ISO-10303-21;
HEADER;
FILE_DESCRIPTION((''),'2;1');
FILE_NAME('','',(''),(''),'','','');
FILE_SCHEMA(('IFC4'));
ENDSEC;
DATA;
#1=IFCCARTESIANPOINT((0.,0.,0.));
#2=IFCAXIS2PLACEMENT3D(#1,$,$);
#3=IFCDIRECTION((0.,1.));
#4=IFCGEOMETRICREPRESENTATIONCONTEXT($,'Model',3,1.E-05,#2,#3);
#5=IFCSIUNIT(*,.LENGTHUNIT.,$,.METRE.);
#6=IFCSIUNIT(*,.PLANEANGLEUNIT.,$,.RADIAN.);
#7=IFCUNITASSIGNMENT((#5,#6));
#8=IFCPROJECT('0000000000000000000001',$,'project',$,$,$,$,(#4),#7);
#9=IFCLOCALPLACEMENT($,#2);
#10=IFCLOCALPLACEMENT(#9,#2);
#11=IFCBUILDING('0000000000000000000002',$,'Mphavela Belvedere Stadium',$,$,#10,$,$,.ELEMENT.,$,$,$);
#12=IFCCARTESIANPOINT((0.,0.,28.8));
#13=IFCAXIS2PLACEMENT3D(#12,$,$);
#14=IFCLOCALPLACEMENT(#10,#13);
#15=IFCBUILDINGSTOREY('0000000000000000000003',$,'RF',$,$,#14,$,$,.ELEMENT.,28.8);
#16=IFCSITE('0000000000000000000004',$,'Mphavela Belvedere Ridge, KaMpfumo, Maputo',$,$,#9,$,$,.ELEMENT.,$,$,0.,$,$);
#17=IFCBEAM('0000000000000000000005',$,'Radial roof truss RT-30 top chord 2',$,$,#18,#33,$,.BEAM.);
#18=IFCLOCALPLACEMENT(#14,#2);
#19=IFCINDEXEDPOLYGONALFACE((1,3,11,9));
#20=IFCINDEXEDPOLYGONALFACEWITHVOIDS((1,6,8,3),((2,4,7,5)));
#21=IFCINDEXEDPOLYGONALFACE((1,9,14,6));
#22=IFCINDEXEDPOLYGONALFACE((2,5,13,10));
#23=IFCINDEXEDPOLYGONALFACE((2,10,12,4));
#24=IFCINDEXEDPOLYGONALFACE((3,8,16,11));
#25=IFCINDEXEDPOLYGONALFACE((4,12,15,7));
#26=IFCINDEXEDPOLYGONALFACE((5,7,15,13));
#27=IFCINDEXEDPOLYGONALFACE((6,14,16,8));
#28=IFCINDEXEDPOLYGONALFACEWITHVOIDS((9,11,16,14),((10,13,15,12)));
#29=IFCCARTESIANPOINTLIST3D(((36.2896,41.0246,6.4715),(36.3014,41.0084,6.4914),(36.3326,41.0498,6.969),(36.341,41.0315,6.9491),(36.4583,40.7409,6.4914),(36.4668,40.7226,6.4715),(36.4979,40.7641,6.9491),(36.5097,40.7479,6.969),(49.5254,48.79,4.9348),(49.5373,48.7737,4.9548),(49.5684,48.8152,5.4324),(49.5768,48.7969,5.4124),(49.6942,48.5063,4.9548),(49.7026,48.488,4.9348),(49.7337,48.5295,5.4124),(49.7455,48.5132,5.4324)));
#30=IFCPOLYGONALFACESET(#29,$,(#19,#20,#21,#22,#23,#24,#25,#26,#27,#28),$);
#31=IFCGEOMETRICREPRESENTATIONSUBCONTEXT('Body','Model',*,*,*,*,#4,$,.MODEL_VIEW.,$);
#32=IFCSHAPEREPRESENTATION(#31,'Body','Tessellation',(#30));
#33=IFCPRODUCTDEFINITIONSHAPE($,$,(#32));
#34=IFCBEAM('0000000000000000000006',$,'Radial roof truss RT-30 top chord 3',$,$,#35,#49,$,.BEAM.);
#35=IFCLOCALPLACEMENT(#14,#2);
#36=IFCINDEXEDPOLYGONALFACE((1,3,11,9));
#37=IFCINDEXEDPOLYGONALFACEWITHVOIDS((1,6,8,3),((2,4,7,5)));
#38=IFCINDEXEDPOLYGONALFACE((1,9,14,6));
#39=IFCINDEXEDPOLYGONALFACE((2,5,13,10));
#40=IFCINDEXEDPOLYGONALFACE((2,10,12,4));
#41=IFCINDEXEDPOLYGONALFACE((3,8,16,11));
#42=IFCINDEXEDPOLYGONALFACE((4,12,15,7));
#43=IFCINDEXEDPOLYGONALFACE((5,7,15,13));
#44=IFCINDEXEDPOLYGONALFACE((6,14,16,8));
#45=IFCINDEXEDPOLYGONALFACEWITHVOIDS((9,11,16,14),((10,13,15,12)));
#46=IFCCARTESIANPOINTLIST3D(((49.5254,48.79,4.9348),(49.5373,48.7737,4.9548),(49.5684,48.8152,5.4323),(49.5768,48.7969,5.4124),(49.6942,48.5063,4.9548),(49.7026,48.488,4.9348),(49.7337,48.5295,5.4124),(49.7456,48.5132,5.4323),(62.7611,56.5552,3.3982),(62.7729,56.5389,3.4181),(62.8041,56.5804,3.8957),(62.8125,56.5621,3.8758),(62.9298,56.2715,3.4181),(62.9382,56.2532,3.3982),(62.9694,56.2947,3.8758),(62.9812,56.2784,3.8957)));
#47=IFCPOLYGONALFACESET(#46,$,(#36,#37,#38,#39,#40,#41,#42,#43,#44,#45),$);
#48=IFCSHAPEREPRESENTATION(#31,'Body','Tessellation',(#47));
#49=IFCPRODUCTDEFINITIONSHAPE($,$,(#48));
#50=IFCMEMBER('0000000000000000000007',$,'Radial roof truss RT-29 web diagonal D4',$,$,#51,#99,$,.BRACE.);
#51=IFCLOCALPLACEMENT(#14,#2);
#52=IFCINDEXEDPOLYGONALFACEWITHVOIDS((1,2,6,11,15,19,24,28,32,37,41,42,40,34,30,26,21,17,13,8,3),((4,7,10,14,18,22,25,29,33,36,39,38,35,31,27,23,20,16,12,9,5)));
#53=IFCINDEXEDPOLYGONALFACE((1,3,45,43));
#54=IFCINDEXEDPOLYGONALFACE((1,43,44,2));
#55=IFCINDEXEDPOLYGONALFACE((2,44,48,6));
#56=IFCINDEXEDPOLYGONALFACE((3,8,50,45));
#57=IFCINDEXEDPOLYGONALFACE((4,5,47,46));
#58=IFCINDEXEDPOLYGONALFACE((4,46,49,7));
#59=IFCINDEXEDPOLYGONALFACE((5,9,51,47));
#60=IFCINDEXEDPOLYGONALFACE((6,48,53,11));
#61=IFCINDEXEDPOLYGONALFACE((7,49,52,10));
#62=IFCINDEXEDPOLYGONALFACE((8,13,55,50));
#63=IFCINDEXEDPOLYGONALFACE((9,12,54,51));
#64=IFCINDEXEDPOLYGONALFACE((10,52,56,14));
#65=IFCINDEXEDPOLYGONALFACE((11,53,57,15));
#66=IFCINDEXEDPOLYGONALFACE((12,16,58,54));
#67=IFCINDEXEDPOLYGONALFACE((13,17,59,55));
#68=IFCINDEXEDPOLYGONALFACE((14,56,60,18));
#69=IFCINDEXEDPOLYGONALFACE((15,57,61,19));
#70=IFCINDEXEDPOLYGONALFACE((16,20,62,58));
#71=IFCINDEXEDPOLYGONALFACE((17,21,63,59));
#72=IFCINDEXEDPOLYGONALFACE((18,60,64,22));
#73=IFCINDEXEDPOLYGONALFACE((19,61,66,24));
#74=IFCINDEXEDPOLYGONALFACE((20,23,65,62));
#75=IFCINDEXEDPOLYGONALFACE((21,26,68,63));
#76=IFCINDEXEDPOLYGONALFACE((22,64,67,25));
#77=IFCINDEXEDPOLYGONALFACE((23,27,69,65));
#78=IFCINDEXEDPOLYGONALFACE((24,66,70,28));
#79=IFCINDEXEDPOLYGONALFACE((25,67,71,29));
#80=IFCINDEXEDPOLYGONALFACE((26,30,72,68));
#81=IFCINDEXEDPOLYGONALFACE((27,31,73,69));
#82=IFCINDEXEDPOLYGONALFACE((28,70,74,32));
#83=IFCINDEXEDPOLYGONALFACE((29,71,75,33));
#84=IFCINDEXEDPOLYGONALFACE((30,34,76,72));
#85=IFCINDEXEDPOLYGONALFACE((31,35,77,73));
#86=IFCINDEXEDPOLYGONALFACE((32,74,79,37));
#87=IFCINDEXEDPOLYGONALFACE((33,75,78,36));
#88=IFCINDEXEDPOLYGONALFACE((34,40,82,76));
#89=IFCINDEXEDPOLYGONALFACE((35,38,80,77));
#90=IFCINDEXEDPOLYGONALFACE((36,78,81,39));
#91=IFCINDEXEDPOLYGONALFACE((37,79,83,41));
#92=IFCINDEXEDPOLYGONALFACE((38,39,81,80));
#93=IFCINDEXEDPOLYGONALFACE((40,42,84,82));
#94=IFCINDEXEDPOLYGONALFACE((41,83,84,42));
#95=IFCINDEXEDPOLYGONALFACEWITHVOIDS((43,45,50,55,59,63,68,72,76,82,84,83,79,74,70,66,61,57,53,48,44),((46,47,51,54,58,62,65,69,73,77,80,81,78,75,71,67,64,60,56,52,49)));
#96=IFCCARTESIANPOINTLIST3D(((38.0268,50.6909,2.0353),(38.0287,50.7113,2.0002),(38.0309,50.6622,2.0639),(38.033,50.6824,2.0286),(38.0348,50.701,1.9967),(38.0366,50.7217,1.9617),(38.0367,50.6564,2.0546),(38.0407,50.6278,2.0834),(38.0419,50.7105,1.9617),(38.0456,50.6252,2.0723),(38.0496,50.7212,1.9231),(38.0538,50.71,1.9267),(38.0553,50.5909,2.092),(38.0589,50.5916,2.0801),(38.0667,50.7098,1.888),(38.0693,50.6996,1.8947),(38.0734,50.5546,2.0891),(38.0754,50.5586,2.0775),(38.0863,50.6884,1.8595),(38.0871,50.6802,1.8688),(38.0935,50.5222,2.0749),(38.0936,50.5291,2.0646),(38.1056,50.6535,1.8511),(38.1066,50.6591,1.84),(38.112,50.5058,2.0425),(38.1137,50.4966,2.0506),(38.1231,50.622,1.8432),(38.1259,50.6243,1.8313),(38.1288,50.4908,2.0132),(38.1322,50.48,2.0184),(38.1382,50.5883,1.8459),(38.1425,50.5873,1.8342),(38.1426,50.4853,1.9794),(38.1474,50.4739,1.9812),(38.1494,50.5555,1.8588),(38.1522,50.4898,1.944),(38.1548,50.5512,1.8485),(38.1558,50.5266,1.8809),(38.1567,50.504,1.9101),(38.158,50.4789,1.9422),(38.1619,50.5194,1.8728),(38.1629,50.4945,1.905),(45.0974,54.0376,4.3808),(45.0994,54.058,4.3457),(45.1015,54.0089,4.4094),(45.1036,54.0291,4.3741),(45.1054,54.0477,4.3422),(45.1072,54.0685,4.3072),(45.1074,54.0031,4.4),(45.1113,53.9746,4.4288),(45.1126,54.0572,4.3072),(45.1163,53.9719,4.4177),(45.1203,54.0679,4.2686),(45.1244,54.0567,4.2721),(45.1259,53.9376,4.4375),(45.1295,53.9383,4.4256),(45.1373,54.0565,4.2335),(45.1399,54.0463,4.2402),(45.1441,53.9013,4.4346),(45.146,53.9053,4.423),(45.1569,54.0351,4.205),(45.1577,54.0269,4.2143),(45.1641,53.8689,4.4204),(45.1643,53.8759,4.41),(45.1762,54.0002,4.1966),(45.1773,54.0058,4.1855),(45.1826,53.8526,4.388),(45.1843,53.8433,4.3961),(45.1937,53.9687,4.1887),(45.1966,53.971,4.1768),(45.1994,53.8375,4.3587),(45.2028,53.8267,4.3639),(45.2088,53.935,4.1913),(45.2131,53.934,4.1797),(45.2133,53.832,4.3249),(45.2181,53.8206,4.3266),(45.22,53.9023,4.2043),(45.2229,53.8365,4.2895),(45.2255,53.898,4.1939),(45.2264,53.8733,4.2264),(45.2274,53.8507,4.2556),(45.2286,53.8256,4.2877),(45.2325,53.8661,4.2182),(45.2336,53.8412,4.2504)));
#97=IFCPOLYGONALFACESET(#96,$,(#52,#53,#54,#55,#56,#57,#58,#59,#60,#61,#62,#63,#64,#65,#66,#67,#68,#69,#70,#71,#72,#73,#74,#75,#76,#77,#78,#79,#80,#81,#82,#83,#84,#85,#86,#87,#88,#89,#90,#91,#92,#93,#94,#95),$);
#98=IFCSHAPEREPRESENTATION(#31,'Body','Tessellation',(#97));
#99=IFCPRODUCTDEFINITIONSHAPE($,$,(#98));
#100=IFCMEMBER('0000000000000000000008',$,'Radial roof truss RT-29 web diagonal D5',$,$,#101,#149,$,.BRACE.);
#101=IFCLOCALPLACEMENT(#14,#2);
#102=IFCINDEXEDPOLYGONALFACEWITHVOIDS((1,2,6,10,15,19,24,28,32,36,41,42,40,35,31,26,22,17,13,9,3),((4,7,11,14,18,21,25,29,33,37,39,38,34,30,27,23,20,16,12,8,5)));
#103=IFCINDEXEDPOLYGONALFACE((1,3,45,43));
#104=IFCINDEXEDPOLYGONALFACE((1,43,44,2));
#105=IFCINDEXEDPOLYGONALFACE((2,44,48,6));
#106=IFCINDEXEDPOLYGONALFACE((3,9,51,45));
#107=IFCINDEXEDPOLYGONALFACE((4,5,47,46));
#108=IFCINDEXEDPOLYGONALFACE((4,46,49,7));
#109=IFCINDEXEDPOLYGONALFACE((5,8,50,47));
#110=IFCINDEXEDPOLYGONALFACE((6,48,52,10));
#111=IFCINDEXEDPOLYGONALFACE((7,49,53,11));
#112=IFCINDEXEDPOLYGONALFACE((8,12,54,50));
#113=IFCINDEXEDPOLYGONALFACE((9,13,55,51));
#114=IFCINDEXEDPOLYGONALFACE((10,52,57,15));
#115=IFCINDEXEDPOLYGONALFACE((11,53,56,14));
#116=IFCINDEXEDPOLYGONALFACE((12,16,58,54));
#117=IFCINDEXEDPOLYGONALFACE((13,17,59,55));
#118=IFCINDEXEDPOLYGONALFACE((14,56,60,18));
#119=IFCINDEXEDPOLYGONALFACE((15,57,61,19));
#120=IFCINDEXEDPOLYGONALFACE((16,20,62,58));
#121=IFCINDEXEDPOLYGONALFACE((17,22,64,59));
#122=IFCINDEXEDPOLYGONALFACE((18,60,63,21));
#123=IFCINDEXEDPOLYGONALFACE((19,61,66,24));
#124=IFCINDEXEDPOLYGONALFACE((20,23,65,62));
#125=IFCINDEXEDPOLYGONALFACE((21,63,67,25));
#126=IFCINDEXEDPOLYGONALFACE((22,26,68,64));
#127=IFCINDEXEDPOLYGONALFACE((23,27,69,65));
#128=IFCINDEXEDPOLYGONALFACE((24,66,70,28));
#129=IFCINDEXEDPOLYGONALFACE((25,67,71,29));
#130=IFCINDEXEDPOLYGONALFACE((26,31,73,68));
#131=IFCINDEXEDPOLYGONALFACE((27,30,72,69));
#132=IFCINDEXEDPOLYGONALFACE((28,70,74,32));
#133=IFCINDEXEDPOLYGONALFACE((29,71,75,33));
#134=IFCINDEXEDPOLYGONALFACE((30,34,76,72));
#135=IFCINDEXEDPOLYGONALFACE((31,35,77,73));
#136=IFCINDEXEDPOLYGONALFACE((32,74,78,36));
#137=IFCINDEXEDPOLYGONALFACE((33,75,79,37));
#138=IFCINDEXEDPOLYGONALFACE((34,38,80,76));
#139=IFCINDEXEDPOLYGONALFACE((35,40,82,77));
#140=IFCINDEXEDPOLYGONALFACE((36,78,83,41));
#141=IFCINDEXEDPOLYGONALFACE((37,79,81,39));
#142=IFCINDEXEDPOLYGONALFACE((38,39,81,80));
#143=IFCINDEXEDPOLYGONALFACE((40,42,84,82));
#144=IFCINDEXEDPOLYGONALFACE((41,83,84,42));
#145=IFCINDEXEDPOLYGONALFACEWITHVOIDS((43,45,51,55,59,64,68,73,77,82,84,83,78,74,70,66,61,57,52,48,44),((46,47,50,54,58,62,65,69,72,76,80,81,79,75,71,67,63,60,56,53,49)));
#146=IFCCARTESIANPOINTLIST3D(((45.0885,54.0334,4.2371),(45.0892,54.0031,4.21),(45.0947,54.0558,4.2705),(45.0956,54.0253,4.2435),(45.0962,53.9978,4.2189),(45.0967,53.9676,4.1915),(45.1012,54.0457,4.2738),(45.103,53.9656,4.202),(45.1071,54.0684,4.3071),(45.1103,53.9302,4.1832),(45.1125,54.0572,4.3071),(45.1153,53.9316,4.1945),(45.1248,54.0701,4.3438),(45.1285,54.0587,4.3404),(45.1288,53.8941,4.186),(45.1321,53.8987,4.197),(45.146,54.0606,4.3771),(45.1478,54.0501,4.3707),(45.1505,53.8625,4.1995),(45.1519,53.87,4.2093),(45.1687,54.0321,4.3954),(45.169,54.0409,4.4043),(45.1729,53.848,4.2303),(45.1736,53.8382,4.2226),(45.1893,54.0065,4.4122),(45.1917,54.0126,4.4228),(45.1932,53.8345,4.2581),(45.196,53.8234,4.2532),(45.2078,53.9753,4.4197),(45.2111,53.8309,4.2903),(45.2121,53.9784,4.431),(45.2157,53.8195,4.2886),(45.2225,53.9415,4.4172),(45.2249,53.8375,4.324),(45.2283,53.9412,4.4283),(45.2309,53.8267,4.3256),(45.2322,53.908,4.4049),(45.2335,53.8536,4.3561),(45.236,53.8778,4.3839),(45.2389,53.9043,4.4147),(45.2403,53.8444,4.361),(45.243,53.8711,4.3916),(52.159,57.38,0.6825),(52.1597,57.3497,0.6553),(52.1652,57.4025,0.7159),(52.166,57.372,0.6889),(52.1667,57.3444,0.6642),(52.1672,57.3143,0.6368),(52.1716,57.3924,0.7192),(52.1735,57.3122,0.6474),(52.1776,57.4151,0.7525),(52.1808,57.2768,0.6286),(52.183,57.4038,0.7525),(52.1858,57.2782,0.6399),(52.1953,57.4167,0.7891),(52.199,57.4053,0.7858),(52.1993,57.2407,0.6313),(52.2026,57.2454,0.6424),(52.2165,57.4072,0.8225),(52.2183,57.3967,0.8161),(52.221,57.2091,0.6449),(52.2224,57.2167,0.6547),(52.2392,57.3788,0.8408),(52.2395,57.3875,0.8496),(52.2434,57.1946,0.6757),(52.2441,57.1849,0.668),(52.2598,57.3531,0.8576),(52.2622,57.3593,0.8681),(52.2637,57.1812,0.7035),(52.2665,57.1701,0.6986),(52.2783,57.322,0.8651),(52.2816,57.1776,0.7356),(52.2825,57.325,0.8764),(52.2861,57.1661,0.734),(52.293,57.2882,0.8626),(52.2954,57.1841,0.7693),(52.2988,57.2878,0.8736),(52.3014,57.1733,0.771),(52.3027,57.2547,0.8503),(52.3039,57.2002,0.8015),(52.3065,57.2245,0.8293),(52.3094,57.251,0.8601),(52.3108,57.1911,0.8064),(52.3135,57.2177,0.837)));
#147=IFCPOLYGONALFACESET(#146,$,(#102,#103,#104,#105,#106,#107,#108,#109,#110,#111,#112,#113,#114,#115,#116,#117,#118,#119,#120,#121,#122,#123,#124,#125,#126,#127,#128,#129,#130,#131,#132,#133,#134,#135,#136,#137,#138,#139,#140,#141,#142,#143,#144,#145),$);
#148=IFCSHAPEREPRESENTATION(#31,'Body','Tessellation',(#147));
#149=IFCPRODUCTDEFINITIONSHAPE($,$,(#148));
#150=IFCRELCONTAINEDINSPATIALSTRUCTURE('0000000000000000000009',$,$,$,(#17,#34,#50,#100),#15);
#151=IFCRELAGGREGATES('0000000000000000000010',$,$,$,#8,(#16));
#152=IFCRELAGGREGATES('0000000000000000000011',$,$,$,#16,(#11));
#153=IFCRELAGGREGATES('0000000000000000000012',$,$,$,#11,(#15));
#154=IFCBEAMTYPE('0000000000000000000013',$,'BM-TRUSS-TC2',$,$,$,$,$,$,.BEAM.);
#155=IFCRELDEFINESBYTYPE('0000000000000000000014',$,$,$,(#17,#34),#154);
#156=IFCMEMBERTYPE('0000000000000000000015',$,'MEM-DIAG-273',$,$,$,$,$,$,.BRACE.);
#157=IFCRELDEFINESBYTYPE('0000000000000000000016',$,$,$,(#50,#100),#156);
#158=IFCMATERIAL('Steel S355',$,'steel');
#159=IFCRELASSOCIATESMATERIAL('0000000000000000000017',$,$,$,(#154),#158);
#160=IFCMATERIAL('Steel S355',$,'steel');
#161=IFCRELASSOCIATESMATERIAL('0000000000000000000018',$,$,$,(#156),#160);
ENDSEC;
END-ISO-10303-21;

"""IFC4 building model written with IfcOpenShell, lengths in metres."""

from ifc_helpers import new_model, si_unit, direction, frame, origin, origin_2d, place, context, subcontext, project, spatial, hollow_rectangle, hollow_circle, extrude, material, material_profile, profile_set, type_object, element, save


model = new_model("IFC4")

# Units and contexts
model_context = context("Model", 3, precision=1e-05, world=origin(), true_north=direction((0.0, 1.0)))
body_context = subcontext(model_context, "Body", "Model", "MODEL_VIEW")
ifc_project = project(units=[si_unit("LENGTHUNIT", "METRE"), si_unit("PLANEANGLEUNIT", "RADIAN")], contexts=[model_context])

# Site, building, storey
site_placement = place(None, origin())
site = spatial("IfcSite", under=ifc_project, at=site_placement, Name="Mphavela Belvedere Ridge, KaMpfumo, Maputo", CompositionType="ELEMENT", RefElevation=0.0)
building_placement = place(site_placement, origin())
building = spatial("IfcBuilding", under=site, at=building_placement, Name="Mphavela Belvedere Stadium", CompositionType="ELEMENT")
storey_placement = place(building_placement, frame((0.0, 0.0, 28.8)))
storey = spatial("IfcBuildingStorey", under=building, at=storey_placement, Name="RF", CompositionType="ELEMENT", Elevation=28.8)

# Beams
ifc_material_1 = material(Name="Steel S355", Category="steel")
ifc_material_profile_1 = material_profile(ifc_material_1, hollow_rectangle(XDim=0.3501, YDim=0.5, WallThickness=0.02, at=origin_2d()), Name="RHS 500x350x20")
ifc_profile_set_1 = profile_set([ifc_material_profile_1], Name="Steel S355")
beam_type_1 = type_object("IfcBeamType", Name="BM-TRUSS-TC2", PredefinedType="BEAM", material=ifc_profile_set_1)
beam_1_placement = place(storey_placement, frame((36.3997, 40.8862, 6.7202), z_axis=(0.858223, 0.503514, -0.099636), x_axis=(-0.506032, 0.862515, 0.0)))
element("IfcBeam", 1, at=beam_1_placement, inside=storey, type_object=beam_type_1, Name="Radial roof truss RT-30 top chord 2", PredefinedType="BEAM", context=body_context, shape_type="SweptSolid", body=[
    extrude(hollow_rectangle(XDim=0.3501, YDim=0.5, WallThickness=0.02, at=origin_2d()), origin(), (0.0, 0.0, 1.0), 15.4224),
])
beam_2_placement = place(storey_placement, frame((49.6355, 48.6516, 5.1836), z_axis=(0.858226, 0.503509, -0.099638), x_axis=(-0.506027, 0.862518, 0.0)))
element("IfcBeam", 2, at=beam_2_placement, inside=storey, type_object=beam_type_1, Name="Radial roof truss RT-30 top chord 3", PredefinedType="BEAM", context=body_context, shape_type="SweptSolid", body=[
    extrude(hollow_rectangle(XDim=0.3501, YDim=0.5, WallThickness=0.02, at=origin_2d()), origin(), (0.0, 0.0, 1.0), 15.4221),
])

# Members
ifc_material_2 = material(Name="Steel S355", Category="steel")
ifc_material_profile_2 = material_profile(ifc_material_2, hollow_circle(Radius=0.1365, WallThickness=0.0125, at=origin_2d()), Name="CHS 273x12.5")
ifc_profile_set_2 = profile_set([ifc_material_profile_2], Name="Steel S355")
member_type_1 = type_object("IfcMemberType", Name="MEM-DIAG-273", PredefinedType="BRACE", material=ifc_profile_set_2)
member_1_placement = place(storey_placement, frame((38.095, 50.5984, 1.9617), z_axis=(0.865784, 0.409798, 0.2872), x_axis=(-0.427822, 0.903863, 0.0)))
element("IfcMember", 3, at=member_1_placement, inside=storey, type_object=member_type_1, Name="Radial roof truss RT-29 web diagonal D4", PredefinedType="BRACE", context=body_context, shape_type="SweptSolid", body=[
    extrude(hollow_circle(Radius=0.1365, WallThickness=0.0125, at=origin_2d()), origin(), (0.0, 0.0, 1.0), 8.1667),
])
member_2_placement = place(storey_placement, frame((45.1655, 53.9451, 4.3071), z_axis=(0.822888, 0.389494, -0.413703), x_axis=(-0.427822, 0.903863, 0.0)))
element("IfcMember", 4, at=member_2_placement, inside=storey, type_object=member_type_1, Name="Radial roof truss RT-29 web diagonal D5", PredefinedType="BRACE", context=body_context, shape_type="SweptSolid", body=[
    extrude(hollow_circle(Radius=0.1365, WallThickness=0.0125, at=origin_2d()), origin(), (0.0, 0.0, 1.0), 8.5923),
])

save(model, "model.ifc")
